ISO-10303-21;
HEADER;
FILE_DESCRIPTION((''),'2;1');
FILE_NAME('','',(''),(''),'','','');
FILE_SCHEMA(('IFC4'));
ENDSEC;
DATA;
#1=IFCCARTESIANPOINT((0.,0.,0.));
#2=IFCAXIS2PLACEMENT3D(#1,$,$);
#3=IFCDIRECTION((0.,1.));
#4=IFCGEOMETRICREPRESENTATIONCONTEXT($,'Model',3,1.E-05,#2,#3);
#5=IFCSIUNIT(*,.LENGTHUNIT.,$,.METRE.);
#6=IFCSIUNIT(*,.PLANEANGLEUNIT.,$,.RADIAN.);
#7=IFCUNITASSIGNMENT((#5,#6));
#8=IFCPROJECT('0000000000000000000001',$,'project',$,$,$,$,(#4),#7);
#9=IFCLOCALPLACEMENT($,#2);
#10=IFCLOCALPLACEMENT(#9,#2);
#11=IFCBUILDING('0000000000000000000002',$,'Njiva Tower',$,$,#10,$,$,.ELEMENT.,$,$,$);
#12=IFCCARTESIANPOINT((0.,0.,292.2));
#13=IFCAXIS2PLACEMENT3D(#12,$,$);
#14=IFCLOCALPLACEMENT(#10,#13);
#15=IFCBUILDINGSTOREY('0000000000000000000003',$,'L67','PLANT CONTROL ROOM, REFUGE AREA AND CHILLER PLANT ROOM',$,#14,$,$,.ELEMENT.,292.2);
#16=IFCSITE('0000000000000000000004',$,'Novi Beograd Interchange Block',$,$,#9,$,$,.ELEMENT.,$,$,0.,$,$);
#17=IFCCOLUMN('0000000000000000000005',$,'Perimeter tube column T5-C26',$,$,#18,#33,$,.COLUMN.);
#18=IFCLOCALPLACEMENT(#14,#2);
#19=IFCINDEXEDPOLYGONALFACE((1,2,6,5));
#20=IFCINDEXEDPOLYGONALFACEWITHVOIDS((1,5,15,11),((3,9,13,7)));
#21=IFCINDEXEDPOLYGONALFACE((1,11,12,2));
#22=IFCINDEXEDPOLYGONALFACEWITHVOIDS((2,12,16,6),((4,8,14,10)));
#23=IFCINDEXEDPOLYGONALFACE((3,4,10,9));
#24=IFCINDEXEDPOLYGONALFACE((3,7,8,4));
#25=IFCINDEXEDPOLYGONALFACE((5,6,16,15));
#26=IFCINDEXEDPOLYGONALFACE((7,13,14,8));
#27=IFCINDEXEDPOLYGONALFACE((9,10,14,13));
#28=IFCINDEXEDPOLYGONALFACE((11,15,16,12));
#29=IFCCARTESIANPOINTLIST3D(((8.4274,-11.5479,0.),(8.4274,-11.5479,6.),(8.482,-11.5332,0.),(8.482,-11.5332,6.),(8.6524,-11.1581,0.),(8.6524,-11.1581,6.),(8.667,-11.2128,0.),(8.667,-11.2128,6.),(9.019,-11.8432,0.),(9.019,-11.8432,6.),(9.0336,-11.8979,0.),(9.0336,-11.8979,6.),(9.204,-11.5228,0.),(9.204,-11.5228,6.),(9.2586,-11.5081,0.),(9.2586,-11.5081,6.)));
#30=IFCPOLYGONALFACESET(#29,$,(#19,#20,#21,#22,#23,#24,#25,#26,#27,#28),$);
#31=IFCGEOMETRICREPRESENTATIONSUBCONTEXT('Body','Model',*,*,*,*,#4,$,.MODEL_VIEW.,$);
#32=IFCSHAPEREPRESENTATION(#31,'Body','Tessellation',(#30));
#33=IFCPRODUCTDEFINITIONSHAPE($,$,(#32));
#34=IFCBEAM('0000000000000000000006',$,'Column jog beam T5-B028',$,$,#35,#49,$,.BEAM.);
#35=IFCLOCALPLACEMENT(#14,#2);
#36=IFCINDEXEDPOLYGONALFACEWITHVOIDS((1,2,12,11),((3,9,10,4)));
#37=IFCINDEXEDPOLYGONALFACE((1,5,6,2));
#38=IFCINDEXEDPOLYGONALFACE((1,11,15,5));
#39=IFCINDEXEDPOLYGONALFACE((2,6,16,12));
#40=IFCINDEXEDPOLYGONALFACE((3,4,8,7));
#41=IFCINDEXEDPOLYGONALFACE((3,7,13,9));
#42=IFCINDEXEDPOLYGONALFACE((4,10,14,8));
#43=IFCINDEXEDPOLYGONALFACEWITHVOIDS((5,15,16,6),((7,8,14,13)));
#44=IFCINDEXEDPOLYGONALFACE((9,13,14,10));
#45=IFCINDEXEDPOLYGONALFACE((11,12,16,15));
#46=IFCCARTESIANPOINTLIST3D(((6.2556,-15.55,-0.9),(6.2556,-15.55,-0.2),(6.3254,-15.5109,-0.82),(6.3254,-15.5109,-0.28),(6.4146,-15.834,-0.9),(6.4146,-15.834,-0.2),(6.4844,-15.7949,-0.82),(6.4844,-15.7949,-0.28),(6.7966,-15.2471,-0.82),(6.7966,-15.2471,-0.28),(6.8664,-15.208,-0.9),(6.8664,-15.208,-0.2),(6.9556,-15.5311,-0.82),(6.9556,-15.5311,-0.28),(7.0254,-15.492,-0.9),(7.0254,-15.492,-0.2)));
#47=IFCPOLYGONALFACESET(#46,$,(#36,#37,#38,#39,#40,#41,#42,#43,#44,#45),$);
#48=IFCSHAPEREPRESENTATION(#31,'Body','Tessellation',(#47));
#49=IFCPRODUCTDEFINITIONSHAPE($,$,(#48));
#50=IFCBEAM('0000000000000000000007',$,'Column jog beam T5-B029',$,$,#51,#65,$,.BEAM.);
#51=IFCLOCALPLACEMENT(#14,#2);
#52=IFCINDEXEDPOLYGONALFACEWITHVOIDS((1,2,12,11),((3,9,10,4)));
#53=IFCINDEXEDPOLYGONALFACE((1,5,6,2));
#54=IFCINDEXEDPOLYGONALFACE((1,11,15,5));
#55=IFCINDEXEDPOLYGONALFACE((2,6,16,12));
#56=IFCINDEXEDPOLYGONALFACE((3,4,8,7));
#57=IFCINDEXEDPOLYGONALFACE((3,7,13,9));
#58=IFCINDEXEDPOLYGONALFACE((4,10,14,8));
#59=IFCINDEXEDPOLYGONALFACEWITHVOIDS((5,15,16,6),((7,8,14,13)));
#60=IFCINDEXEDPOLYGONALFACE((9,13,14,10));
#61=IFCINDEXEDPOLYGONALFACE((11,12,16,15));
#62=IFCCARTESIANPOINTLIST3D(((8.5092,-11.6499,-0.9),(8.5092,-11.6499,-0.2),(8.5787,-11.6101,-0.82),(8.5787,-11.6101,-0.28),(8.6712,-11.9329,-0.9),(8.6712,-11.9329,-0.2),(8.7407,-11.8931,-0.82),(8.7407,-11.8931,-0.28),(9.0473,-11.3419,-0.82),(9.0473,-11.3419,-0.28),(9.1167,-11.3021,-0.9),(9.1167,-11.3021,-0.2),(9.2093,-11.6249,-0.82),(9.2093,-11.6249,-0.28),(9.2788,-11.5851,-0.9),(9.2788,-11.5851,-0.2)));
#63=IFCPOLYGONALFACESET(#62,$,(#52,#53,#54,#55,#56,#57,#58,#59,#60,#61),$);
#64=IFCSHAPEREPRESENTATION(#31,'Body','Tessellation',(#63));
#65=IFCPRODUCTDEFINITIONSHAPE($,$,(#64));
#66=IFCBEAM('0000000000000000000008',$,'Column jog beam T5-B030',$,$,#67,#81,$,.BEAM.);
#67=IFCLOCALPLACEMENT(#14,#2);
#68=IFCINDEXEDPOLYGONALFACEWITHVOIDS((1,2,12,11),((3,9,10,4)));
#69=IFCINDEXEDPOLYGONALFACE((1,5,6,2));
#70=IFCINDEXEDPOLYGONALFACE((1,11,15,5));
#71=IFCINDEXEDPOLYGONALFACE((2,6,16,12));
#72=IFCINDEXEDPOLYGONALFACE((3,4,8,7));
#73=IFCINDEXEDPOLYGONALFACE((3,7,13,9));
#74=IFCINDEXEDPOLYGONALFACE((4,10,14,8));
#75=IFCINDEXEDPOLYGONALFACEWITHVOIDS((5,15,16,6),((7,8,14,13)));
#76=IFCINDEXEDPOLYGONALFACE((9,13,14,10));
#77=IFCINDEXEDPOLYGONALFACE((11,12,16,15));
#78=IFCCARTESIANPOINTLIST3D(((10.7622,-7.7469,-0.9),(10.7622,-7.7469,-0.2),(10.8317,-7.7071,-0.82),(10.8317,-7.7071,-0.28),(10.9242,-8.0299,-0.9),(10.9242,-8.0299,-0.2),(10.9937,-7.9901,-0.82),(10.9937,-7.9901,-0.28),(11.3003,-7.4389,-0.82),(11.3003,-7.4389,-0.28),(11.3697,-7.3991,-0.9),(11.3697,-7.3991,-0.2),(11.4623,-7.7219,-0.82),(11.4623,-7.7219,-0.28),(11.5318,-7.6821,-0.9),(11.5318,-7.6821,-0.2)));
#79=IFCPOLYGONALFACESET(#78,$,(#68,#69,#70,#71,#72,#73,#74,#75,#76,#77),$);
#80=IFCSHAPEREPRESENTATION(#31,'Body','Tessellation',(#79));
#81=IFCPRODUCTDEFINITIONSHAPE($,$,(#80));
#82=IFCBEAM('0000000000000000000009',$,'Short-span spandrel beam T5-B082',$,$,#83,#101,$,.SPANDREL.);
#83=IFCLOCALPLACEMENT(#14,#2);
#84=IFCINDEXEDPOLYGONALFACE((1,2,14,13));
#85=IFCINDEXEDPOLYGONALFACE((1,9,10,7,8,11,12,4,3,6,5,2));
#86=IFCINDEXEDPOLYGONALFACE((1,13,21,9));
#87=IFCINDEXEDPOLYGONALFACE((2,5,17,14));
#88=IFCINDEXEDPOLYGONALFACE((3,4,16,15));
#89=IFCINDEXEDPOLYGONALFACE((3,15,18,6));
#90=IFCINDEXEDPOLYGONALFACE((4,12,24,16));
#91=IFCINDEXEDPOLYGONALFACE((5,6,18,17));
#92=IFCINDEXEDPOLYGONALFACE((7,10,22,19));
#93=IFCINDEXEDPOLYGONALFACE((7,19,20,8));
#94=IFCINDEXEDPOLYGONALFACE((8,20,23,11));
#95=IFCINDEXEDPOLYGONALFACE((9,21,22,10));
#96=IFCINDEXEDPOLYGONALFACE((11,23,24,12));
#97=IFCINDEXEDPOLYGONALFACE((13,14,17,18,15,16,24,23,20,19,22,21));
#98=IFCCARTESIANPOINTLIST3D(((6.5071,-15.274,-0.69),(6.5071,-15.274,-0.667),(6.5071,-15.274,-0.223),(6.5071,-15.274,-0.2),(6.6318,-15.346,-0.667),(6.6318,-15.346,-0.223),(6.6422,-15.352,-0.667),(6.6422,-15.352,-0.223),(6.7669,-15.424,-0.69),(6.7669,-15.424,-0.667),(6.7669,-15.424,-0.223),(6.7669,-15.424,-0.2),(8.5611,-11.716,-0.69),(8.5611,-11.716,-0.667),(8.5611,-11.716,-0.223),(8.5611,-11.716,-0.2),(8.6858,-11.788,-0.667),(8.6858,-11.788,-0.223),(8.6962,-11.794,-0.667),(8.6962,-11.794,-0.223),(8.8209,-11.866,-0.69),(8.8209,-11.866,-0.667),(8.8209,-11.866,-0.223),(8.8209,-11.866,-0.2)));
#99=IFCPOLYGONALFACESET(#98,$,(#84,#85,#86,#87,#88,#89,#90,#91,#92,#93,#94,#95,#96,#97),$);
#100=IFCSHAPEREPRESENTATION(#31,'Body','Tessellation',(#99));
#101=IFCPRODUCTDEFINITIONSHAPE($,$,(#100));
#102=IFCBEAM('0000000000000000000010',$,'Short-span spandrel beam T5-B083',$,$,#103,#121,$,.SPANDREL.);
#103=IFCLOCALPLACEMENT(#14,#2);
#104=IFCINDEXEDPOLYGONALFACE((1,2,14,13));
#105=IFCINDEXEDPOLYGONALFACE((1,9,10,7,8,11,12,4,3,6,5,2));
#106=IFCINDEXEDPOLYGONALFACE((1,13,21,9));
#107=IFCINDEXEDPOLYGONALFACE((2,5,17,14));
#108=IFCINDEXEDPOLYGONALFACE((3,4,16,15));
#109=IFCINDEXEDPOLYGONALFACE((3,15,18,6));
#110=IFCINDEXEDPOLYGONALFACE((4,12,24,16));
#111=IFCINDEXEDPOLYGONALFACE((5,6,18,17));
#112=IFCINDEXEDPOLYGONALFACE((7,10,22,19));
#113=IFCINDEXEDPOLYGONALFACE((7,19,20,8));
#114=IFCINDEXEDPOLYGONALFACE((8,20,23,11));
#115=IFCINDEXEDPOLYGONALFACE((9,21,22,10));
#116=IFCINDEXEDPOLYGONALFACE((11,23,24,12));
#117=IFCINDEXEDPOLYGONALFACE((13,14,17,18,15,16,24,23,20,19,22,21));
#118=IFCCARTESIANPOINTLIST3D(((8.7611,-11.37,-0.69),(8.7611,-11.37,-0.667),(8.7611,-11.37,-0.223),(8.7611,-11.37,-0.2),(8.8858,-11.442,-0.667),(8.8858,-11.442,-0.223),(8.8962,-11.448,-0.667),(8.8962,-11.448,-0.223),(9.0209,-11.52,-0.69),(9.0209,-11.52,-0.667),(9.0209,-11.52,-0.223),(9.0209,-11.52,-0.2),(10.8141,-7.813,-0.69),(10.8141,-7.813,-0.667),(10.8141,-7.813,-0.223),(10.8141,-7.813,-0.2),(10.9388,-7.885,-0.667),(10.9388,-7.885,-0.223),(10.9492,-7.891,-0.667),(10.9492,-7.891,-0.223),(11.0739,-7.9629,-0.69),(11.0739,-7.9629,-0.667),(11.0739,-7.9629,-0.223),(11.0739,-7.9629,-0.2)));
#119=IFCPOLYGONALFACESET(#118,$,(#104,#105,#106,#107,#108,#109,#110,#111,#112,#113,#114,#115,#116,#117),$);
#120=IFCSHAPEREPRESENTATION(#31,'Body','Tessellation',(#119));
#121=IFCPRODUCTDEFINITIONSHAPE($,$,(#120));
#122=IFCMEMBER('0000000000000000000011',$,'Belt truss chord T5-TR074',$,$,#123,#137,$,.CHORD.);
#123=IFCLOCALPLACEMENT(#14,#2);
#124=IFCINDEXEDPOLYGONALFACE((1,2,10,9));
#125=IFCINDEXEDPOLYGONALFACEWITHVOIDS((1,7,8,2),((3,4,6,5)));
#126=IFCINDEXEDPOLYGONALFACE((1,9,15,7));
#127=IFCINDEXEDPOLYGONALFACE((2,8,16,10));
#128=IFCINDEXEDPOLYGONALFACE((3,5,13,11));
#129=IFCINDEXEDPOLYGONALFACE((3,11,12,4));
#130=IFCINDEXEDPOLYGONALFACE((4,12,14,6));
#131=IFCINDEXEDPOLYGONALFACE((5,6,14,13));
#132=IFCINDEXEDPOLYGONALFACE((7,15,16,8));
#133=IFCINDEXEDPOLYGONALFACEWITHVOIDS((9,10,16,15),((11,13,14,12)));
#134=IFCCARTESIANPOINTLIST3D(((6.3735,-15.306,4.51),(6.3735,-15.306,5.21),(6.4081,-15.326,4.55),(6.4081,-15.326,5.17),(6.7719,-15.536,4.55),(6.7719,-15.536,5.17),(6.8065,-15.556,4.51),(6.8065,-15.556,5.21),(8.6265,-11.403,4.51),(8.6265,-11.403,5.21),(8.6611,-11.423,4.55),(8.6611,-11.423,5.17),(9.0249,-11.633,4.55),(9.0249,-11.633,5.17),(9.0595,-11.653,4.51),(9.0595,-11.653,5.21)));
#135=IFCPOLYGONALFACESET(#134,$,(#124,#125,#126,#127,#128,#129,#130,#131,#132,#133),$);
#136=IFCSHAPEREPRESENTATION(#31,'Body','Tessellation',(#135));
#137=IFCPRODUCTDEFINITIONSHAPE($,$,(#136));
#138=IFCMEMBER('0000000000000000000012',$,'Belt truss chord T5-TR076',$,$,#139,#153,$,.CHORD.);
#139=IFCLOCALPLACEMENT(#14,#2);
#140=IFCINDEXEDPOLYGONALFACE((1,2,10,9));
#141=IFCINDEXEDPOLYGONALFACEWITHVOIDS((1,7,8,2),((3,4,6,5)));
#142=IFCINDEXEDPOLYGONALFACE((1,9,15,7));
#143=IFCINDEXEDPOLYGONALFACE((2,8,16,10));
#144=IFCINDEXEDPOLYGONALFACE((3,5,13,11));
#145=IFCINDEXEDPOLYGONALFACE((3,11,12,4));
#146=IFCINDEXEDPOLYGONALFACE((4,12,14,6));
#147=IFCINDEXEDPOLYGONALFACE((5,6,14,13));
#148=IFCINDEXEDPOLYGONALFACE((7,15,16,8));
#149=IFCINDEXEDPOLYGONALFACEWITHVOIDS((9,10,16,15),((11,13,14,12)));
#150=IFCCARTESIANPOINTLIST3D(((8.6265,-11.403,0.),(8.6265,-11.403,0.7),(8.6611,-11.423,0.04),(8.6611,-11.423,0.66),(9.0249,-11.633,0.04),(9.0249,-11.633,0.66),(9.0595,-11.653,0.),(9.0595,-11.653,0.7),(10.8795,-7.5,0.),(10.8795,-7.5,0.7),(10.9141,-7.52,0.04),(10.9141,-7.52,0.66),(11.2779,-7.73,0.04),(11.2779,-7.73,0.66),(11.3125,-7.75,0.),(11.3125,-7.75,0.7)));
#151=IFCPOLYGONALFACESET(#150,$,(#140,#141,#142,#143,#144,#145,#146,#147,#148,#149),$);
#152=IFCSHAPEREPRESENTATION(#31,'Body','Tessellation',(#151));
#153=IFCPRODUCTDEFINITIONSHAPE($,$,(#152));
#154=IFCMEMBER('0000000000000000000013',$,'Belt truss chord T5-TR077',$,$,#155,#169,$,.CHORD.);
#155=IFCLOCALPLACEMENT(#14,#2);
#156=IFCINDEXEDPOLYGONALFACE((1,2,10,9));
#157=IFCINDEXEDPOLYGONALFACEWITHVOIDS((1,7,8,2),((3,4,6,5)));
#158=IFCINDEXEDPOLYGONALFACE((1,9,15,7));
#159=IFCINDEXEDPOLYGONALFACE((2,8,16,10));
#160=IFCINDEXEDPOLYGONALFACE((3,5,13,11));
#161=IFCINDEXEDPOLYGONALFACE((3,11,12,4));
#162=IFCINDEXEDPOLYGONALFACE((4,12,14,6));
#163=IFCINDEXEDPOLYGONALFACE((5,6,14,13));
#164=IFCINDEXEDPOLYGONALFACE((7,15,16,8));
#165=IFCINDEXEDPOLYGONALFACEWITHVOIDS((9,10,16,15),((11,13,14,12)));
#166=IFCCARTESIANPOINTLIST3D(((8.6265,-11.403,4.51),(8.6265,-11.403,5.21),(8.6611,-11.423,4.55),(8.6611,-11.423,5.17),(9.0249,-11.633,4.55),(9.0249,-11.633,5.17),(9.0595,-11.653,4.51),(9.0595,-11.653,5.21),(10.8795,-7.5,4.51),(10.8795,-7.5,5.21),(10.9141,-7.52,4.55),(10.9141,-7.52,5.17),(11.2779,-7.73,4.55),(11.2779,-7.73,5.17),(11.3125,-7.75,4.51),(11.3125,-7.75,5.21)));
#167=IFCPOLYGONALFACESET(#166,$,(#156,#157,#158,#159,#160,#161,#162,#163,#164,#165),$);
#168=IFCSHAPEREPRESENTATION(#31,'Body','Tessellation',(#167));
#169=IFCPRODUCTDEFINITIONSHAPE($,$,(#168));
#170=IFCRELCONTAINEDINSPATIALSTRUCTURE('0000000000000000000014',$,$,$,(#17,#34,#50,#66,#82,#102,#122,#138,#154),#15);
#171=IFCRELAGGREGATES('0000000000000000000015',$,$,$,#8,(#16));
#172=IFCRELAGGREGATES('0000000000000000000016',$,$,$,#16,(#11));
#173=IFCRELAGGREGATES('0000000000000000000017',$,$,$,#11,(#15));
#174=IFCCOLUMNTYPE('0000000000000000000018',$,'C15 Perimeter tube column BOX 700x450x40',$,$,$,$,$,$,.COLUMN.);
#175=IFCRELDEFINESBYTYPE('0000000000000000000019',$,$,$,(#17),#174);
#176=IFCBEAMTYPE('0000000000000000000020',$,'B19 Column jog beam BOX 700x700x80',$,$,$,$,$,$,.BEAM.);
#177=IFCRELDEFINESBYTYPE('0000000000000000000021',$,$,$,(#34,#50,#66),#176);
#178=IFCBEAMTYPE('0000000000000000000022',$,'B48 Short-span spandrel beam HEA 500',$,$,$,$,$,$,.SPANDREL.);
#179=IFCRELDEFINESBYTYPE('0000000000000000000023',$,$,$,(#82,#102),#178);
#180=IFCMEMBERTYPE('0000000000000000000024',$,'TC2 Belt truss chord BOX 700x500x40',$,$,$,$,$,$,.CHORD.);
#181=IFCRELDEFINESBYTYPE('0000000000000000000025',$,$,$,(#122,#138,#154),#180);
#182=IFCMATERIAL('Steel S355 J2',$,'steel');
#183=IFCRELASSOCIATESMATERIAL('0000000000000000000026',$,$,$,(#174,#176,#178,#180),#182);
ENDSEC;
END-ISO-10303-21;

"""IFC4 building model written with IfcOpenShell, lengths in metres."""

from ifc_helpers import new_model, si_unit, direction, frame, origin, origin_2d, place, context, subcontext, project, spatial, hollow_rectangle, i_section, extrude, material, material_profile, profile_set, type_object, element, save


model = new_model("IFC4")

# Units and contexts
model_context = context("Model", 3, precision=1e-05, world=origin(), true_north=direction((0.0, 1.0)))
body_context = subcontext(model_context, "Body", "Model", "MODEL_VIEW")
ifc_project = project(units=[si_unit("LENGTHUNIT", "METRE"), si_unit("PLANEANGLEUNIT", "RADIAN")], contexts=[model_context])

# Site, building, storey
site_placement = place(None, origin())
site = spatial("IfcSite", under=ifc_project, at=site_placement, Name="Novi Beograd Interchange Block", CompositionType="ELEMENT", RefElevation=0.0)
building_placement = place(site_placement, origin())
building = spatial("IfcBuilding", under=site, at=building_placement, Name="Njiva Tower", CompositionType="ELEMENT")
storey_placement = place(building_placement, frame((0.0, 0.0, 292.2)))
storey = spatial("IfcBuildingStorey", under=building, at=storey_placement, Name="L67", Description="PLANT CONTROL ROOM, REFUGE AREA AND CHILLER PLANT ROOM", CompositionType="ELEMENT", Elevation=292.2)

# Column
ifc_material_1 = material(Name="Steel S355 J2", Category="steel")
ifc_material_profile_1 = material_profile(ifc_material_1, hollow_rectangle(XDim=0.45, YDim=0.7, WallThickness=0.04, at=origin_2d()), Name="BOX 700x450x40")
ifc_profile_set_1 = profile_set([ifc_material_profile_1], Name="Steel S355 J2")
column_type = type_object("IfcColumnType", Name="C15 Perimeter tube column BOX 700x450x40", PredefinedType="COLUMN", material=ifc_profile_set_1)
column_placement = place(storey_placement, frame((8.843, -11.528, 0.0), z_axis=(0.0, 0.0, 1.0), x_axis=(0.5, 0.866025, 0.0)))
element("IfcColumn", 1, at=column_placement, inside=storey, type_object=column_type, Name="Perimeter tube column T5-C26", PredefinedType="COLUMN", context=body_context, shape_type="SweptSolid", body=[
    extrude(hollow_rectangle(XDim=0.45, YDim=0.7, WallThickness=0.04, at=origin_2d()), origin(), (0.0, 0.0, 1.0), 6.0),
])

# Beams
ifc_material_profile_2 = material_profile(ifc_material_1, hollow_rectangle(XDim=0.7, YDim=0.7, WallThickness=0.08, at=origin_2d()), Name="BOX 700x700x80")
ifc_profile_set_2 = profile_set([ifc_material_profile_2], Name="Steel S355 J2")
beam_type_1 = type_object("IfcBeamType", Name="B19 Column jog beam BOX 700x700x80", PredefinedType="BEAM", material=ifc_profile_set_2)
beam_1_placement = place(storey_placement, frame((6.72, -15.663, -0.55), z_axis=(-0.48851, 0.872558, 0.0), x_axis=(-0.872558, -0.48851, 0.0)))
element("IfcBeam", 2, at=beam_1_placement, inside=storey, type_object=beam_type_1, Name="Column jog beam T5-B028", PredefinedType="BEAM", context=body_context, shape_type="SweptSolid", body=[
    extrude(hollow_rectangle(XDim=0.7, YDim=0.7, WallThickness=0.08, at=origin_2d()), origin(), (0.0, 0.0, 1.0), 0.3255),
])
for number, where, z_axis, x_axis, name in (
    (3, (8.975, -11.759, -0.55), (-0.496799, 0.867865, 0.0), (-0.867865, -0.496799, 0.0), "Column jog beam T5-B029"),
    (4, (11.228, -7.856, -0.55), (-0.496799, 0.867865, 0.0), (-0.867865, -0.496799, 0.0), "Column jog beam T5-B030"),
):
    element("IfcBeam", number, at=place(storey_placement, frame(where, z_axis=z_axis, x_axis=x_axis)), inside=storey, type_object=beam_type_1, Name=name, PredefinedType="BEAM", context=body_context, shape_type="SweptSolid", body=[
        extrude(hollow_rectangle(XDim=0.7, YDim=0.7, WallThickness=0.08, at=origin_2d()), origin(), (0.0, 0.0, 1.0), 0.3261),
    ])
ifc_material_profile_3 = material_profile(ifc_material_1, i_section(OverallWidth=0.3, OverallDepth=0.49, WebThickness=0.012, FlangeThickness=0.023, at=origin_2d()), Name="HEA 500")
ifc_profile_set_3 = profile_set([ifc_material_profile_3], Name="Steel S355 J2")
beam_type_2 = type_object("IfcBeamType", Name="B48 Short-span spandrel beam HEA 500", PredefinedType="SPANDREL", material=ifc_profile_set_3)
beam_2_placement = place(storey_placement, frame((6.637, -15.349, -0.445), z_axis=(0.499961, 0.866048, 0.0), x_axis=(-0.866048, 0.499961, 0.0)))
element("IfcBeam", 5, at=beam_2_placement, inside=storey, type_object=beam_type_2, Name="Short-span spandrel beam T5-B082", PredefinedType="SPANDREL", context=body_context, shape_type="SweptSolid", body=[
    extrude(i_section(OverallWidth=0.3, OverallDepth=0.49, WebThickness=0.012, FlangeThickness=0.023, at=origin_2d()), origin(), (0.0, 0.0, 1.0), 4.1083),
])
beam_3_placement = place(storey_placement, frame((8.891, -11.445, -0.445), z_axis=(0.499884, 0.866092, 0.0), x_axis=(-0.866092, 0.499884, 0.0)))
element("IfcBeam", 6, at=beam_3_placement, inside=storey, type_object=beam_type_2, Name="Short-span spandrel beam T5-B083", PredefinedType="SPANDREL", context=body_context, shape_type="SweptSolid", body=[
    extrude(i_section(OverallWidth=0.3, OverallDepth=0.49, WebThickness=0.012, FlangeThickness=0.023, at=origin_2d()), origin(), (0.0, 0.0, 1.0), 4.107),
])

# Members
ifc_material_profile_4 = material_profile(ifc_material_1, hollow_rectangle(XDim=0.5, YDim=0.7, WallThickness=0.04, at=origin_2d()), Name="BOX 700x500x40")
ifc_profile_set_4 = profile_set([ifc_material_profile_4], Name="Steel S355 J2")
member_type_1 = type_object("IfcMemberType", Name="TC2 Belt truss chord BOX 700x500x40", PredefinedType="CHORD", material=ifc_profile_set_4)
for number, where, z_axis, x_axis, name in (
    (7, (6.59, -15.431, 4.86), (0.499934, 0.866064, 0.0), (-0.866064, 0.499934, 0.0), "Belt truss chord T5-TR074"),
    (8, (8.843, -11.528, 0.35), (0.499934, 0.866064, 0.0), (-0.866064, 0.499934, 0.0), "Belt truss chord T5-TR076"),
    (9, (8.843, -11.528, 4.86), (0.499934, 0.866064, 0.0), (-0.866064, 0.499934, 0.0), "Belt truss chord T5-TR077"),
):
    element("IfcMember", number, at=place(storey_placement, frame(where, z_axis=z_axis, x_axis=x_axis)), inside=storey, type_object=member_type_1, Name=name, PredefinedType="CHORD", context=body_context, shape_type="SweptSolid", body=[
        extrude(hollow_rectangle(XDim=0.5, YDim=0.7, WallThickness=0.04, at=origin_2d()), origin(), (0.0, 0.0, 1.0), 4.5066),
    ])

save(model, "model.ifc")
